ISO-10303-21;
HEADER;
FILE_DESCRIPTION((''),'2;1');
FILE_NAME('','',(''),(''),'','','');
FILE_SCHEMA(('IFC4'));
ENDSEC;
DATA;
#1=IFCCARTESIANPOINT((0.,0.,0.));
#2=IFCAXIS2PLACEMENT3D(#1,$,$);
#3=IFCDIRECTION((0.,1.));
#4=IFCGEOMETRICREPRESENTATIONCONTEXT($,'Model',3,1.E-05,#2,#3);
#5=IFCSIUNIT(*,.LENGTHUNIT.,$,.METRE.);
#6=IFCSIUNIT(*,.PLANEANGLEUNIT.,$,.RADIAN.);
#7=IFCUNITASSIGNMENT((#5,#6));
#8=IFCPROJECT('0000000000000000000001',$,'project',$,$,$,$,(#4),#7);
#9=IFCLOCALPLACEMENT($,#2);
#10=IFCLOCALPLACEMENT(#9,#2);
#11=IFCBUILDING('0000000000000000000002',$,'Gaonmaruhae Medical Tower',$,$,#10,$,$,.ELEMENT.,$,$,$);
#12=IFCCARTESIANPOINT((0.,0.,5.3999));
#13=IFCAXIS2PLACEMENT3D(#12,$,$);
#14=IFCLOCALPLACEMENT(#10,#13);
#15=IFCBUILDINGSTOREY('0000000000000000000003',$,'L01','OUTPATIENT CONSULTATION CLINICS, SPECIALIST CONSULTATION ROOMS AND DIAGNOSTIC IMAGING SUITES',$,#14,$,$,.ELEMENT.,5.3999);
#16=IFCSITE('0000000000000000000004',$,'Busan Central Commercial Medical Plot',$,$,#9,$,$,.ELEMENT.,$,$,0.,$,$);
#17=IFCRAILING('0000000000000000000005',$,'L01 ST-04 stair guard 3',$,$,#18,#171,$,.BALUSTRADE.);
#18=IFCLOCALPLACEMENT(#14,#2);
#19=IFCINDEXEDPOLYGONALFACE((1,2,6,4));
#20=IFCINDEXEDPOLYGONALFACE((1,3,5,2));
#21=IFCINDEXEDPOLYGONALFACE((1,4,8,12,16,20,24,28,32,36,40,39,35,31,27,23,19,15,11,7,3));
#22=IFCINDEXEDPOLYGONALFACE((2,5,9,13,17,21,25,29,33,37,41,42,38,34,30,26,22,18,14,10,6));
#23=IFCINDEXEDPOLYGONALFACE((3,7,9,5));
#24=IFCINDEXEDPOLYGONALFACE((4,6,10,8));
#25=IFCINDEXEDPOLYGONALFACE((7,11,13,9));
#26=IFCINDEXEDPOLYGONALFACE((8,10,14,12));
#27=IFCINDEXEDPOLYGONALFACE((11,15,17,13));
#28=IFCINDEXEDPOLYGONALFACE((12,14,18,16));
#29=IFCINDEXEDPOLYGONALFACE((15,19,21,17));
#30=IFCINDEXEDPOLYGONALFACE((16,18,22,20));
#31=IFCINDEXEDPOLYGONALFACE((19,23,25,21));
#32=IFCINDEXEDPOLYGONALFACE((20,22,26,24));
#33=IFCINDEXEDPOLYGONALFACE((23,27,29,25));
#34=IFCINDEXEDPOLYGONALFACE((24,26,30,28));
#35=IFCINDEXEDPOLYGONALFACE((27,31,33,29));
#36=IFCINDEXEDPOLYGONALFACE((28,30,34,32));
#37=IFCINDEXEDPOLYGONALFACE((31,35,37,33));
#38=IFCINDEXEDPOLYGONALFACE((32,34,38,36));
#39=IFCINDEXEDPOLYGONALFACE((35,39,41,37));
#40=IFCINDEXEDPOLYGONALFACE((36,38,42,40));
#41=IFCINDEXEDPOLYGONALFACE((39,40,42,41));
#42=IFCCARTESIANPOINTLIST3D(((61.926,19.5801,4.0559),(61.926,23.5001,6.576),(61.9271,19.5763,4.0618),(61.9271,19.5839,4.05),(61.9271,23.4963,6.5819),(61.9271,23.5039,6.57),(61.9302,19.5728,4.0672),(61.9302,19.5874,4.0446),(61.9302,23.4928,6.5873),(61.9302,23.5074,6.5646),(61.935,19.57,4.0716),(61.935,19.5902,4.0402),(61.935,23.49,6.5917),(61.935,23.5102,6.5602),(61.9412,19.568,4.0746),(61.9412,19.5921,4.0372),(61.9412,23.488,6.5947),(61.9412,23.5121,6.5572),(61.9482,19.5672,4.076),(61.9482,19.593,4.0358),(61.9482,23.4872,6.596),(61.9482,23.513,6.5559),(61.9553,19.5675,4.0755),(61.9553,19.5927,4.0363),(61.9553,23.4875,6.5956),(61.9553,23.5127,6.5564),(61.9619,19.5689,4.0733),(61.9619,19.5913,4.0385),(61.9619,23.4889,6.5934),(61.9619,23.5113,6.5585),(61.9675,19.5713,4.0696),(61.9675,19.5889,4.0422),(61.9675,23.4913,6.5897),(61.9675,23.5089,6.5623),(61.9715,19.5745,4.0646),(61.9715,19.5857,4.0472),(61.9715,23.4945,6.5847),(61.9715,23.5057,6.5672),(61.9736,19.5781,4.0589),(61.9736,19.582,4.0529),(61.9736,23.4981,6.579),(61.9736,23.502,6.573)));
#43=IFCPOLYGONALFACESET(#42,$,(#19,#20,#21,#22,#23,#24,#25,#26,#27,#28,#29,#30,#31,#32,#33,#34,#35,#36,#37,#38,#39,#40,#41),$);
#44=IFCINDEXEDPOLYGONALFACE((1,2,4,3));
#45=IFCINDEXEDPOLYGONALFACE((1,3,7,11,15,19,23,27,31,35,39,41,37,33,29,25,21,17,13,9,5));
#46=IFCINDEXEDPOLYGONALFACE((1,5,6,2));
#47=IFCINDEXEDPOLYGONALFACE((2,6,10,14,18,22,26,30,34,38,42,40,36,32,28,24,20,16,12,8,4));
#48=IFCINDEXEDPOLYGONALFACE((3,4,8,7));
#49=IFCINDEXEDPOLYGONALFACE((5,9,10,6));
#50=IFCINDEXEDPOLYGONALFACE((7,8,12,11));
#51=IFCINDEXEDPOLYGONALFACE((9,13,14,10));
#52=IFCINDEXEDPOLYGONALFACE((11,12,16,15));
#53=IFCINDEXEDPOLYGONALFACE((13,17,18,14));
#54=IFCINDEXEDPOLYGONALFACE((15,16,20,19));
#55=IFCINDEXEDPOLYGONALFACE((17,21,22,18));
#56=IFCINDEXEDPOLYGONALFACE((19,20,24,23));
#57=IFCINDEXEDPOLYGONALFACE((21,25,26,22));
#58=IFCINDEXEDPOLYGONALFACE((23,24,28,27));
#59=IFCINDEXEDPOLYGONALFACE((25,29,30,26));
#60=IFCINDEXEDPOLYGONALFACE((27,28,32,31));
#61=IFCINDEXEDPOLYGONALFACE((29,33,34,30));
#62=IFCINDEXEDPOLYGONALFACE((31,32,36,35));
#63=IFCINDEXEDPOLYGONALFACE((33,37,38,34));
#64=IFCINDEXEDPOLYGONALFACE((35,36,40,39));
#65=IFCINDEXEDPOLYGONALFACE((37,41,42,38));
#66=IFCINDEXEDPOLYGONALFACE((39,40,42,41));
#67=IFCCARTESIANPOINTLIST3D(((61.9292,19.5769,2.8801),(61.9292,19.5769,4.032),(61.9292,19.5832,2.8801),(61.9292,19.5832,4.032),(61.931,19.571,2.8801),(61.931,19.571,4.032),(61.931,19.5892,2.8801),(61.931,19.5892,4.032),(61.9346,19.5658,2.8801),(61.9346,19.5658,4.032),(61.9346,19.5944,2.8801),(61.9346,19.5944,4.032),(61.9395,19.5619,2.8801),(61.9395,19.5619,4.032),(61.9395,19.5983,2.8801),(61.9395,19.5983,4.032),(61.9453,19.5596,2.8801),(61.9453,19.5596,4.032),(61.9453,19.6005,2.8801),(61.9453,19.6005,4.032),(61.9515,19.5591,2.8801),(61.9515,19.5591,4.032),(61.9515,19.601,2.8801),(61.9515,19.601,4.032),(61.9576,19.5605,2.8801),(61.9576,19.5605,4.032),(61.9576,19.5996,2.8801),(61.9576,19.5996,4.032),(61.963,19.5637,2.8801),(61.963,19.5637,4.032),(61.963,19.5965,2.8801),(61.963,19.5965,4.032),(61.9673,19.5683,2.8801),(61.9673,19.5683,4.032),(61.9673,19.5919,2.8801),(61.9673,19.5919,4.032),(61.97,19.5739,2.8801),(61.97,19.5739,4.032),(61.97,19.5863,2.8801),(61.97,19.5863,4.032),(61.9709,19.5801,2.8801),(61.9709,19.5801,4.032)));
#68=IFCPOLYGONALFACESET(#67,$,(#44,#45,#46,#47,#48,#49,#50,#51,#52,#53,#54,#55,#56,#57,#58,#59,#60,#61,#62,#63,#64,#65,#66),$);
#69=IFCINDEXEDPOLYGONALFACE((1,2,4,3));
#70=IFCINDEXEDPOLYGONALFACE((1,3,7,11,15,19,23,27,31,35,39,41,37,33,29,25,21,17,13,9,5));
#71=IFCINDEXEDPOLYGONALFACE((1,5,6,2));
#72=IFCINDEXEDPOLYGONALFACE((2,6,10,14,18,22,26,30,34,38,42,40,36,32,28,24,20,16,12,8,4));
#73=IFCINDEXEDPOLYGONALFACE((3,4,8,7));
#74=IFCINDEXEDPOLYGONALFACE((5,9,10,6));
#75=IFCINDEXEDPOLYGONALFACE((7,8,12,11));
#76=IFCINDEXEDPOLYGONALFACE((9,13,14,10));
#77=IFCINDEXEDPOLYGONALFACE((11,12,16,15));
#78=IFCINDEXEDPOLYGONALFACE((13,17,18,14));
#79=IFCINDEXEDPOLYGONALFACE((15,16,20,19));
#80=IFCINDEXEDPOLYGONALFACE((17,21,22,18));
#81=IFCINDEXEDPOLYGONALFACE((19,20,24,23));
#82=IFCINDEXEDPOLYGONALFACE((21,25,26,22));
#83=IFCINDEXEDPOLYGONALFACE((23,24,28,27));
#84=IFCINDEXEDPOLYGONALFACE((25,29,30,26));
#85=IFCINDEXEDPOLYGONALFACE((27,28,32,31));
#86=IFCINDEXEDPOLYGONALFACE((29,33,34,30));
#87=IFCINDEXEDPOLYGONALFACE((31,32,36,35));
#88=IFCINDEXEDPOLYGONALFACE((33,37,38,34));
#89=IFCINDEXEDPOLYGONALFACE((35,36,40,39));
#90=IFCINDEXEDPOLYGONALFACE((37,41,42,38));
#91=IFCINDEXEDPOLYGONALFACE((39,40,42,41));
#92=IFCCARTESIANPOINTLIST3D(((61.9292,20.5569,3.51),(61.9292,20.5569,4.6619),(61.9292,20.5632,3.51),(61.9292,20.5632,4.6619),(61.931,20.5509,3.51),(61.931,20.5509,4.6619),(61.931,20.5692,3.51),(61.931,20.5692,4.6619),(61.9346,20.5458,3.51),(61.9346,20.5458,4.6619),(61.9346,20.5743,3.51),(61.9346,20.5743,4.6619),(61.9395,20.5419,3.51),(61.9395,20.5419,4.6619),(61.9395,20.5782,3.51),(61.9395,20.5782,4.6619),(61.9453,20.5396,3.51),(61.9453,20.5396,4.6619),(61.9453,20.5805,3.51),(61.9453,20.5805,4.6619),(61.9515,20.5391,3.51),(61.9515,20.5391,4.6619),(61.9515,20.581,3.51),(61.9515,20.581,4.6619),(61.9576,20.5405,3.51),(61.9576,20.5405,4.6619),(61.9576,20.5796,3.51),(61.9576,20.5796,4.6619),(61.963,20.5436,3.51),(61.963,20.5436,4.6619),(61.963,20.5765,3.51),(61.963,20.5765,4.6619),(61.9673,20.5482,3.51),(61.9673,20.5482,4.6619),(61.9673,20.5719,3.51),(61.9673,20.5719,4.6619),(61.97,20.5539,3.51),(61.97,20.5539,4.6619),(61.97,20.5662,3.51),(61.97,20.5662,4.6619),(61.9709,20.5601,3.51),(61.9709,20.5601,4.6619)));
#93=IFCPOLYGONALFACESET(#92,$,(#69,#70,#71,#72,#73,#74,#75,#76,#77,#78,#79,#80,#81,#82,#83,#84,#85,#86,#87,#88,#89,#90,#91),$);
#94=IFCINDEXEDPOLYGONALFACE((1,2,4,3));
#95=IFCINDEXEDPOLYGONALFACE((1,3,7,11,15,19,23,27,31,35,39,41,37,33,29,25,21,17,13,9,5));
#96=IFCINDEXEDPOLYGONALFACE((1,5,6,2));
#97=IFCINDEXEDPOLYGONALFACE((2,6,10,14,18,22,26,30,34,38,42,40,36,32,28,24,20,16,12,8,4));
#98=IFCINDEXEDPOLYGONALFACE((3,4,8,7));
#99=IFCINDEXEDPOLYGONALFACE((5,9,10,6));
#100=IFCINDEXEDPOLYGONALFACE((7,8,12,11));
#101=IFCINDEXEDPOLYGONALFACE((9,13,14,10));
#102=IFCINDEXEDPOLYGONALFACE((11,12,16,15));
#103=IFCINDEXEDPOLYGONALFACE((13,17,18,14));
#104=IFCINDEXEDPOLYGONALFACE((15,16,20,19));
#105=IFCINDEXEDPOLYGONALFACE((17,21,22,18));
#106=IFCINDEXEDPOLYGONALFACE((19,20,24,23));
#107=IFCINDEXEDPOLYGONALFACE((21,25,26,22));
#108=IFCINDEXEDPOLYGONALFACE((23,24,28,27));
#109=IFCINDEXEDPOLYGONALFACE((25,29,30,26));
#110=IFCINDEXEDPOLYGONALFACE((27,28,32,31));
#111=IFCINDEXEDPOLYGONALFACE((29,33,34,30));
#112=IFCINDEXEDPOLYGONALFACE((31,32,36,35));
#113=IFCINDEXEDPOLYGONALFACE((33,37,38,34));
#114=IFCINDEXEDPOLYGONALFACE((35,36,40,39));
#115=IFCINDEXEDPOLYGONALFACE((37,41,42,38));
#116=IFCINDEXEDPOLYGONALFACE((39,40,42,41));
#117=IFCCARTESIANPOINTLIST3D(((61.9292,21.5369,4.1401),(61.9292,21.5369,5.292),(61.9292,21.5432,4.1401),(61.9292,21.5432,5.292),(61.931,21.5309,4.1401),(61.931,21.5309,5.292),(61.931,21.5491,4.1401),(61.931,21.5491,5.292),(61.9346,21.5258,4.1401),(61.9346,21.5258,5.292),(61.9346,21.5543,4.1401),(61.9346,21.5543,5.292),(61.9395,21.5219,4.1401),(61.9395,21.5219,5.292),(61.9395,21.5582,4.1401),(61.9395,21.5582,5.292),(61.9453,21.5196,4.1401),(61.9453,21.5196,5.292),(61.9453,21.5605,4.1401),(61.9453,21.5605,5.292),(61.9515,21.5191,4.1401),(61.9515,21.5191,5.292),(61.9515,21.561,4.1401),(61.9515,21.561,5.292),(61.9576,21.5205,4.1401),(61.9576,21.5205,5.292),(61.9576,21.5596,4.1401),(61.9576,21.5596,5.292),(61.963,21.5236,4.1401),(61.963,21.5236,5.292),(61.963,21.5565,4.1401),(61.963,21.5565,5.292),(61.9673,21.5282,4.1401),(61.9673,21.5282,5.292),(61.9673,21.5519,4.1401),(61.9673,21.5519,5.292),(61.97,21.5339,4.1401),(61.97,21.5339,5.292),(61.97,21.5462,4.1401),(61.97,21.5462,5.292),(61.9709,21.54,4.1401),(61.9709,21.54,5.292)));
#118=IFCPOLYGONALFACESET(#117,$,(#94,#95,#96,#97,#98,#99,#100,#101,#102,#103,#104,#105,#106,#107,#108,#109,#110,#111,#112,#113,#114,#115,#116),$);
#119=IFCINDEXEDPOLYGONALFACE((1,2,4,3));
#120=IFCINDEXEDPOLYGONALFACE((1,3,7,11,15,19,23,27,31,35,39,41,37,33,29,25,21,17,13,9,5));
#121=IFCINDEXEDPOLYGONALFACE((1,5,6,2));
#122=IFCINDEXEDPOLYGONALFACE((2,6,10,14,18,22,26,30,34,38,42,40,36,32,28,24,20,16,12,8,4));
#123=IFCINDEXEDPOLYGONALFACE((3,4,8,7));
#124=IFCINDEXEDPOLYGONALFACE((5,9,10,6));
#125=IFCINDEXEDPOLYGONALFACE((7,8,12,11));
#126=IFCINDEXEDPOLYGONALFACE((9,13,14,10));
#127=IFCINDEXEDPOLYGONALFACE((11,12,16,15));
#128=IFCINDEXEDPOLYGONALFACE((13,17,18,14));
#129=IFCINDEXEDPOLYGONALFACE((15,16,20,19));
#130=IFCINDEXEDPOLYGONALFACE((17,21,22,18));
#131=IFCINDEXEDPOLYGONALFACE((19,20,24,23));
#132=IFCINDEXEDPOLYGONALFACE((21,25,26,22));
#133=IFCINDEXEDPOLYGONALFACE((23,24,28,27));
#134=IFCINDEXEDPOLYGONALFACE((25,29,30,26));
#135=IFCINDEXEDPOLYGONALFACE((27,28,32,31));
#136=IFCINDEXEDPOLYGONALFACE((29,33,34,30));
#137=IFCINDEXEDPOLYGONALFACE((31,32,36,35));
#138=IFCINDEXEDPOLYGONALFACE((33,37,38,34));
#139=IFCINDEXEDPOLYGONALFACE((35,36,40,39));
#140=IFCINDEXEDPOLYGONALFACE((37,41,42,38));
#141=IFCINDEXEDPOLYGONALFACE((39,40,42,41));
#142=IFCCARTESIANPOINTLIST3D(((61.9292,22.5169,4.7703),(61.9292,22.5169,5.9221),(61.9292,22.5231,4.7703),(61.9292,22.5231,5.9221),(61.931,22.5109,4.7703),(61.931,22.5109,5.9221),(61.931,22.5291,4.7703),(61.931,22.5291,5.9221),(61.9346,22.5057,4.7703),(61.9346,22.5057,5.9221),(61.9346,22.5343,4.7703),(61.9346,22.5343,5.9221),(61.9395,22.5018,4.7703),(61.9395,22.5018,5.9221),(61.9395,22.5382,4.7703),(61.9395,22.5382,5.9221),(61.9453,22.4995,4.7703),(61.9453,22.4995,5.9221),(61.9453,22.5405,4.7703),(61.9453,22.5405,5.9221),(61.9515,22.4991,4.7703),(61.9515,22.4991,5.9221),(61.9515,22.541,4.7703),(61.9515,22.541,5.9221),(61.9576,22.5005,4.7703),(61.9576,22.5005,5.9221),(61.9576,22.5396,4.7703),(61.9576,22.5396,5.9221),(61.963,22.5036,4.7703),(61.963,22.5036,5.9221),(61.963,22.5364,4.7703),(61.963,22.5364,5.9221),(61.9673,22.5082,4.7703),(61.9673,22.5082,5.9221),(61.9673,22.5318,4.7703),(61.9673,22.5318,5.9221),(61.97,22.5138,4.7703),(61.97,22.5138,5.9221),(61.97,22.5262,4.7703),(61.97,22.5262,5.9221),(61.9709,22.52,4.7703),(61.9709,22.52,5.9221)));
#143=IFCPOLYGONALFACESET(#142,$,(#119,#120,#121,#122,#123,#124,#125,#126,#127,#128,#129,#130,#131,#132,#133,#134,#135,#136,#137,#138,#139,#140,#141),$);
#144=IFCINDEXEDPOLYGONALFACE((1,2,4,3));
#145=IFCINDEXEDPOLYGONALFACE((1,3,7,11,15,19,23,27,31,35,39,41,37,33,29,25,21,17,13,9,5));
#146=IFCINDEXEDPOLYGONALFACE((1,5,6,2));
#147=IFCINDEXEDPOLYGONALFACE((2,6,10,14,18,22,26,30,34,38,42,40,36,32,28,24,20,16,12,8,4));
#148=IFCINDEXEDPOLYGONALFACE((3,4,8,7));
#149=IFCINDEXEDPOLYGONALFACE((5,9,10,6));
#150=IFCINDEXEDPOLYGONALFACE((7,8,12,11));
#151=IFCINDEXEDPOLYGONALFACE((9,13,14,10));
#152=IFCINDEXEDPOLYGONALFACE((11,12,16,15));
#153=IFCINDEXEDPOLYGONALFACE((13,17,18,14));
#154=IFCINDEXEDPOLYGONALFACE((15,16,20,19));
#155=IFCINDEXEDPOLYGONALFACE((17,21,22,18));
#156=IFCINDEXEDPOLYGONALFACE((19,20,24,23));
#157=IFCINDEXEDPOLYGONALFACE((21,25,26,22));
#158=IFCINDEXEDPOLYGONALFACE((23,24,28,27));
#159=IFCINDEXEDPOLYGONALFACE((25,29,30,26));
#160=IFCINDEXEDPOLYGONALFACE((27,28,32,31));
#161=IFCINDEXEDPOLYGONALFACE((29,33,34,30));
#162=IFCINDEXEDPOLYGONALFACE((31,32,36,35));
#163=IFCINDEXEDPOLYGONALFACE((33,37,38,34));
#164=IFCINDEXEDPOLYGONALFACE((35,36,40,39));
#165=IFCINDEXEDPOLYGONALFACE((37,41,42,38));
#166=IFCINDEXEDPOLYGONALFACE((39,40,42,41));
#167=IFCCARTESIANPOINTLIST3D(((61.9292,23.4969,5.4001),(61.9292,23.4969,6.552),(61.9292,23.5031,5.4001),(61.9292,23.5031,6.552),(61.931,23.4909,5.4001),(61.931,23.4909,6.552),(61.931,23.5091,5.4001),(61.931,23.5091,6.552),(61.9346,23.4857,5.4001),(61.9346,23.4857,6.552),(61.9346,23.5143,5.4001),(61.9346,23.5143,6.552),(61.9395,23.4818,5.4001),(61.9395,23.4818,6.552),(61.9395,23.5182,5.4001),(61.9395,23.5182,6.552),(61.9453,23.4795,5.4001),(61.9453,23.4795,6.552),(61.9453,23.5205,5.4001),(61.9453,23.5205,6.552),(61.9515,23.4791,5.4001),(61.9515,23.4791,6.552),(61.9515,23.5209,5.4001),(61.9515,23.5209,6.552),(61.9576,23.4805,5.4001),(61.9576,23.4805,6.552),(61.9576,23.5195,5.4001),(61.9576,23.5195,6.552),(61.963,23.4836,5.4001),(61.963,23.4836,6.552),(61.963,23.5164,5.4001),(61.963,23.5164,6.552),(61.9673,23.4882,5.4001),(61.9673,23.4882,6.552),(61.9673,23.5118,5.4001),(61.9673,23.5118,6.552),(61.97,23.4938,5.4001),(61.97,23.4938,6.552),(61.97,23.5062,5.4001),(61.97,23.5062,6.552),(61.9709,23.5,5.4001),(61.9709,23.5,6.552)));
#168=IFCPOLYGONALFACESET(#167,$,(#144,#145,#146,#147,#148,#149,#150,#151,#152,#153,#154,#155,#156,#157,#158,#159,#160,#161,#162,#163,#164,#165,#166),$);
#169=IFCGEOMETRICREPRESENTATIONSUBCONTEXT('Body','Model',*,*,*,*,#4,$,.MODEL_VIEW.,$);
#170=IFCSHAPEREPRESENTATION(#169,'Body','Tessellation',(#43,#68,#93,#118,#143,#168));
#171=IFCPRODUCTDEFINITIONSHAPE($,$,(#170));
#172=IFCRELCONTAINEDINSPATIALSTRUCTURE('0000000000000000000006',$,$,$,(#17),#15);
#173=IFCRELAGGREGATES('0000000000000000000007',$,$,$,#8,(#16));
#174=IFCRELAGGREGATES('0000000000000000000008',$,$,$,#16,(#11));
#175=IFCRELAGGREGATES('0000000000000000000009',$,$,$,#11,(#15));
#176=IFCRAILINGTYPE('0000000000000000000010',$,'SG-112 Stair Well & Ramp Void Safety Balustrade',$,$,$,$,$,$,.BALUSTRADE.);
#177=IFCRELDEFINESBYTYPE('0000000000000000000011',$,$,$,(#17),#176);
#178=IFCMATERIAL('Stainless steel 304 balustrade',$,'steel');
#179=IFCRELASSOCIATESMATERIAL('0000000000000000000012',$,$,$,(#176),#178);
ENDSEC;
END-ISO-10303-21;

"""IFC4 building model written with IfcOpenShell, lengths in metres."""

from ifc_helpers import new_model, si_unit, direction, frame, origin, origin_2d, place, context, subcontext, project, spatial, circle, extrude, material, type_object, element, save


model = new_model("IFC4")

# Units and contexts
model_context = context("Model", 3, precision=1e-05, world=origin(), true_north=direction((0.0, 1.0)))
body_context = subcontext(model_context, "Body", "Model", "MODEL_VIEW")
ifc_project = project(units=[si_unit("LENGTHUNIT", "METRE"), si_unit("PLANEANGLEUNIT", "RADIAN")], contexts=[model_context])

# Site, building, storey
site_placement = place(None, origin())
site = spatial("IfcSite", under=ifc_project, at=site_placement, Name="Busan Central Commercial Medical Plot", CompositionType="ELEMENT", RefElevation=0.0)
building_placement = place(site_placement, origin())
building = spatial("IfcBuilding", under=site, at=building_placement, Name="Gaonmaruhae Medical Tower", CompositionType="ELEMENT")
storey_placement = place(building_placement, frame((0.0, 0.0, 5.3999)))
storey = spatial("IfcBuildingStorey", under=building, at=storey_placement, Name="L01", Description="OUTPATIENT CONSULTATION CLINICS, SPECIALIST CONSULTATION ROOMS AND DIAGNOSTIC IMAGING SUITES", CompositionType="ELEMENT", Elevation=5.3999)

# Railing
ifc_material_1 = material(Name="Stainless steel 304 balustrade", Category="steel")
railing_type_1 = type_object("IfcRailingType", Name="SG-112 Stair Well & Ramp Void Safety Balustrade", PredefinedType="BALUSTRADE", material=ifc_material_1)
railing_1_placement = place(storey_placement, frame((61.95, 19.5801, 2.8801)))
element("IfcRailing", 1, at=railing_1_placement, inside=storey, type_object=railing_type_1, Name="L01 ST-04 stair guard 3", PredefinedType="BALUSTRADE", context=body_context, shape_type="SweptSolid", body=[
    extrude(circle(Radius=0.0239, at=origin_2d()), frame((0.0, 0.0, 1.1758), z_axis=(0.0, 0.841172, 0.540768), x_axis=(-1.0, 0.0, 0.0)), (0.0, 0.0, 1.0), 4.6602),
    extrude(circle(Radius=0.021, at=origin_2d()), origin(), (0.0, 0.0, 1.0), 1.1519),
    extrude(circle(Radius=0.021, at=origin_2d()), frame((0.0, 0.98, 0.6299)), (0.0, 0.0, 1.0), 1.1519),
    extrude(circle(Radius=0.021, at=origin_2d()), frame((0.0, 1.96, 1.26)), (0.0, 0.0, 1.0), 1.1519),
    extrude(circle(Radius=0.021, at=origin_2d()), frame((0.0, 2.9399, 1.8901)), (0.0, 0.0, 1.0), 1.1519),
    extrude(circle(Radius=0.021, at=origin_2d()), frame((0.0, 3.9199, 2.52)), (0.0, 0.0, 1.0), 1.1519),
])

save(model, "model.ifc")
